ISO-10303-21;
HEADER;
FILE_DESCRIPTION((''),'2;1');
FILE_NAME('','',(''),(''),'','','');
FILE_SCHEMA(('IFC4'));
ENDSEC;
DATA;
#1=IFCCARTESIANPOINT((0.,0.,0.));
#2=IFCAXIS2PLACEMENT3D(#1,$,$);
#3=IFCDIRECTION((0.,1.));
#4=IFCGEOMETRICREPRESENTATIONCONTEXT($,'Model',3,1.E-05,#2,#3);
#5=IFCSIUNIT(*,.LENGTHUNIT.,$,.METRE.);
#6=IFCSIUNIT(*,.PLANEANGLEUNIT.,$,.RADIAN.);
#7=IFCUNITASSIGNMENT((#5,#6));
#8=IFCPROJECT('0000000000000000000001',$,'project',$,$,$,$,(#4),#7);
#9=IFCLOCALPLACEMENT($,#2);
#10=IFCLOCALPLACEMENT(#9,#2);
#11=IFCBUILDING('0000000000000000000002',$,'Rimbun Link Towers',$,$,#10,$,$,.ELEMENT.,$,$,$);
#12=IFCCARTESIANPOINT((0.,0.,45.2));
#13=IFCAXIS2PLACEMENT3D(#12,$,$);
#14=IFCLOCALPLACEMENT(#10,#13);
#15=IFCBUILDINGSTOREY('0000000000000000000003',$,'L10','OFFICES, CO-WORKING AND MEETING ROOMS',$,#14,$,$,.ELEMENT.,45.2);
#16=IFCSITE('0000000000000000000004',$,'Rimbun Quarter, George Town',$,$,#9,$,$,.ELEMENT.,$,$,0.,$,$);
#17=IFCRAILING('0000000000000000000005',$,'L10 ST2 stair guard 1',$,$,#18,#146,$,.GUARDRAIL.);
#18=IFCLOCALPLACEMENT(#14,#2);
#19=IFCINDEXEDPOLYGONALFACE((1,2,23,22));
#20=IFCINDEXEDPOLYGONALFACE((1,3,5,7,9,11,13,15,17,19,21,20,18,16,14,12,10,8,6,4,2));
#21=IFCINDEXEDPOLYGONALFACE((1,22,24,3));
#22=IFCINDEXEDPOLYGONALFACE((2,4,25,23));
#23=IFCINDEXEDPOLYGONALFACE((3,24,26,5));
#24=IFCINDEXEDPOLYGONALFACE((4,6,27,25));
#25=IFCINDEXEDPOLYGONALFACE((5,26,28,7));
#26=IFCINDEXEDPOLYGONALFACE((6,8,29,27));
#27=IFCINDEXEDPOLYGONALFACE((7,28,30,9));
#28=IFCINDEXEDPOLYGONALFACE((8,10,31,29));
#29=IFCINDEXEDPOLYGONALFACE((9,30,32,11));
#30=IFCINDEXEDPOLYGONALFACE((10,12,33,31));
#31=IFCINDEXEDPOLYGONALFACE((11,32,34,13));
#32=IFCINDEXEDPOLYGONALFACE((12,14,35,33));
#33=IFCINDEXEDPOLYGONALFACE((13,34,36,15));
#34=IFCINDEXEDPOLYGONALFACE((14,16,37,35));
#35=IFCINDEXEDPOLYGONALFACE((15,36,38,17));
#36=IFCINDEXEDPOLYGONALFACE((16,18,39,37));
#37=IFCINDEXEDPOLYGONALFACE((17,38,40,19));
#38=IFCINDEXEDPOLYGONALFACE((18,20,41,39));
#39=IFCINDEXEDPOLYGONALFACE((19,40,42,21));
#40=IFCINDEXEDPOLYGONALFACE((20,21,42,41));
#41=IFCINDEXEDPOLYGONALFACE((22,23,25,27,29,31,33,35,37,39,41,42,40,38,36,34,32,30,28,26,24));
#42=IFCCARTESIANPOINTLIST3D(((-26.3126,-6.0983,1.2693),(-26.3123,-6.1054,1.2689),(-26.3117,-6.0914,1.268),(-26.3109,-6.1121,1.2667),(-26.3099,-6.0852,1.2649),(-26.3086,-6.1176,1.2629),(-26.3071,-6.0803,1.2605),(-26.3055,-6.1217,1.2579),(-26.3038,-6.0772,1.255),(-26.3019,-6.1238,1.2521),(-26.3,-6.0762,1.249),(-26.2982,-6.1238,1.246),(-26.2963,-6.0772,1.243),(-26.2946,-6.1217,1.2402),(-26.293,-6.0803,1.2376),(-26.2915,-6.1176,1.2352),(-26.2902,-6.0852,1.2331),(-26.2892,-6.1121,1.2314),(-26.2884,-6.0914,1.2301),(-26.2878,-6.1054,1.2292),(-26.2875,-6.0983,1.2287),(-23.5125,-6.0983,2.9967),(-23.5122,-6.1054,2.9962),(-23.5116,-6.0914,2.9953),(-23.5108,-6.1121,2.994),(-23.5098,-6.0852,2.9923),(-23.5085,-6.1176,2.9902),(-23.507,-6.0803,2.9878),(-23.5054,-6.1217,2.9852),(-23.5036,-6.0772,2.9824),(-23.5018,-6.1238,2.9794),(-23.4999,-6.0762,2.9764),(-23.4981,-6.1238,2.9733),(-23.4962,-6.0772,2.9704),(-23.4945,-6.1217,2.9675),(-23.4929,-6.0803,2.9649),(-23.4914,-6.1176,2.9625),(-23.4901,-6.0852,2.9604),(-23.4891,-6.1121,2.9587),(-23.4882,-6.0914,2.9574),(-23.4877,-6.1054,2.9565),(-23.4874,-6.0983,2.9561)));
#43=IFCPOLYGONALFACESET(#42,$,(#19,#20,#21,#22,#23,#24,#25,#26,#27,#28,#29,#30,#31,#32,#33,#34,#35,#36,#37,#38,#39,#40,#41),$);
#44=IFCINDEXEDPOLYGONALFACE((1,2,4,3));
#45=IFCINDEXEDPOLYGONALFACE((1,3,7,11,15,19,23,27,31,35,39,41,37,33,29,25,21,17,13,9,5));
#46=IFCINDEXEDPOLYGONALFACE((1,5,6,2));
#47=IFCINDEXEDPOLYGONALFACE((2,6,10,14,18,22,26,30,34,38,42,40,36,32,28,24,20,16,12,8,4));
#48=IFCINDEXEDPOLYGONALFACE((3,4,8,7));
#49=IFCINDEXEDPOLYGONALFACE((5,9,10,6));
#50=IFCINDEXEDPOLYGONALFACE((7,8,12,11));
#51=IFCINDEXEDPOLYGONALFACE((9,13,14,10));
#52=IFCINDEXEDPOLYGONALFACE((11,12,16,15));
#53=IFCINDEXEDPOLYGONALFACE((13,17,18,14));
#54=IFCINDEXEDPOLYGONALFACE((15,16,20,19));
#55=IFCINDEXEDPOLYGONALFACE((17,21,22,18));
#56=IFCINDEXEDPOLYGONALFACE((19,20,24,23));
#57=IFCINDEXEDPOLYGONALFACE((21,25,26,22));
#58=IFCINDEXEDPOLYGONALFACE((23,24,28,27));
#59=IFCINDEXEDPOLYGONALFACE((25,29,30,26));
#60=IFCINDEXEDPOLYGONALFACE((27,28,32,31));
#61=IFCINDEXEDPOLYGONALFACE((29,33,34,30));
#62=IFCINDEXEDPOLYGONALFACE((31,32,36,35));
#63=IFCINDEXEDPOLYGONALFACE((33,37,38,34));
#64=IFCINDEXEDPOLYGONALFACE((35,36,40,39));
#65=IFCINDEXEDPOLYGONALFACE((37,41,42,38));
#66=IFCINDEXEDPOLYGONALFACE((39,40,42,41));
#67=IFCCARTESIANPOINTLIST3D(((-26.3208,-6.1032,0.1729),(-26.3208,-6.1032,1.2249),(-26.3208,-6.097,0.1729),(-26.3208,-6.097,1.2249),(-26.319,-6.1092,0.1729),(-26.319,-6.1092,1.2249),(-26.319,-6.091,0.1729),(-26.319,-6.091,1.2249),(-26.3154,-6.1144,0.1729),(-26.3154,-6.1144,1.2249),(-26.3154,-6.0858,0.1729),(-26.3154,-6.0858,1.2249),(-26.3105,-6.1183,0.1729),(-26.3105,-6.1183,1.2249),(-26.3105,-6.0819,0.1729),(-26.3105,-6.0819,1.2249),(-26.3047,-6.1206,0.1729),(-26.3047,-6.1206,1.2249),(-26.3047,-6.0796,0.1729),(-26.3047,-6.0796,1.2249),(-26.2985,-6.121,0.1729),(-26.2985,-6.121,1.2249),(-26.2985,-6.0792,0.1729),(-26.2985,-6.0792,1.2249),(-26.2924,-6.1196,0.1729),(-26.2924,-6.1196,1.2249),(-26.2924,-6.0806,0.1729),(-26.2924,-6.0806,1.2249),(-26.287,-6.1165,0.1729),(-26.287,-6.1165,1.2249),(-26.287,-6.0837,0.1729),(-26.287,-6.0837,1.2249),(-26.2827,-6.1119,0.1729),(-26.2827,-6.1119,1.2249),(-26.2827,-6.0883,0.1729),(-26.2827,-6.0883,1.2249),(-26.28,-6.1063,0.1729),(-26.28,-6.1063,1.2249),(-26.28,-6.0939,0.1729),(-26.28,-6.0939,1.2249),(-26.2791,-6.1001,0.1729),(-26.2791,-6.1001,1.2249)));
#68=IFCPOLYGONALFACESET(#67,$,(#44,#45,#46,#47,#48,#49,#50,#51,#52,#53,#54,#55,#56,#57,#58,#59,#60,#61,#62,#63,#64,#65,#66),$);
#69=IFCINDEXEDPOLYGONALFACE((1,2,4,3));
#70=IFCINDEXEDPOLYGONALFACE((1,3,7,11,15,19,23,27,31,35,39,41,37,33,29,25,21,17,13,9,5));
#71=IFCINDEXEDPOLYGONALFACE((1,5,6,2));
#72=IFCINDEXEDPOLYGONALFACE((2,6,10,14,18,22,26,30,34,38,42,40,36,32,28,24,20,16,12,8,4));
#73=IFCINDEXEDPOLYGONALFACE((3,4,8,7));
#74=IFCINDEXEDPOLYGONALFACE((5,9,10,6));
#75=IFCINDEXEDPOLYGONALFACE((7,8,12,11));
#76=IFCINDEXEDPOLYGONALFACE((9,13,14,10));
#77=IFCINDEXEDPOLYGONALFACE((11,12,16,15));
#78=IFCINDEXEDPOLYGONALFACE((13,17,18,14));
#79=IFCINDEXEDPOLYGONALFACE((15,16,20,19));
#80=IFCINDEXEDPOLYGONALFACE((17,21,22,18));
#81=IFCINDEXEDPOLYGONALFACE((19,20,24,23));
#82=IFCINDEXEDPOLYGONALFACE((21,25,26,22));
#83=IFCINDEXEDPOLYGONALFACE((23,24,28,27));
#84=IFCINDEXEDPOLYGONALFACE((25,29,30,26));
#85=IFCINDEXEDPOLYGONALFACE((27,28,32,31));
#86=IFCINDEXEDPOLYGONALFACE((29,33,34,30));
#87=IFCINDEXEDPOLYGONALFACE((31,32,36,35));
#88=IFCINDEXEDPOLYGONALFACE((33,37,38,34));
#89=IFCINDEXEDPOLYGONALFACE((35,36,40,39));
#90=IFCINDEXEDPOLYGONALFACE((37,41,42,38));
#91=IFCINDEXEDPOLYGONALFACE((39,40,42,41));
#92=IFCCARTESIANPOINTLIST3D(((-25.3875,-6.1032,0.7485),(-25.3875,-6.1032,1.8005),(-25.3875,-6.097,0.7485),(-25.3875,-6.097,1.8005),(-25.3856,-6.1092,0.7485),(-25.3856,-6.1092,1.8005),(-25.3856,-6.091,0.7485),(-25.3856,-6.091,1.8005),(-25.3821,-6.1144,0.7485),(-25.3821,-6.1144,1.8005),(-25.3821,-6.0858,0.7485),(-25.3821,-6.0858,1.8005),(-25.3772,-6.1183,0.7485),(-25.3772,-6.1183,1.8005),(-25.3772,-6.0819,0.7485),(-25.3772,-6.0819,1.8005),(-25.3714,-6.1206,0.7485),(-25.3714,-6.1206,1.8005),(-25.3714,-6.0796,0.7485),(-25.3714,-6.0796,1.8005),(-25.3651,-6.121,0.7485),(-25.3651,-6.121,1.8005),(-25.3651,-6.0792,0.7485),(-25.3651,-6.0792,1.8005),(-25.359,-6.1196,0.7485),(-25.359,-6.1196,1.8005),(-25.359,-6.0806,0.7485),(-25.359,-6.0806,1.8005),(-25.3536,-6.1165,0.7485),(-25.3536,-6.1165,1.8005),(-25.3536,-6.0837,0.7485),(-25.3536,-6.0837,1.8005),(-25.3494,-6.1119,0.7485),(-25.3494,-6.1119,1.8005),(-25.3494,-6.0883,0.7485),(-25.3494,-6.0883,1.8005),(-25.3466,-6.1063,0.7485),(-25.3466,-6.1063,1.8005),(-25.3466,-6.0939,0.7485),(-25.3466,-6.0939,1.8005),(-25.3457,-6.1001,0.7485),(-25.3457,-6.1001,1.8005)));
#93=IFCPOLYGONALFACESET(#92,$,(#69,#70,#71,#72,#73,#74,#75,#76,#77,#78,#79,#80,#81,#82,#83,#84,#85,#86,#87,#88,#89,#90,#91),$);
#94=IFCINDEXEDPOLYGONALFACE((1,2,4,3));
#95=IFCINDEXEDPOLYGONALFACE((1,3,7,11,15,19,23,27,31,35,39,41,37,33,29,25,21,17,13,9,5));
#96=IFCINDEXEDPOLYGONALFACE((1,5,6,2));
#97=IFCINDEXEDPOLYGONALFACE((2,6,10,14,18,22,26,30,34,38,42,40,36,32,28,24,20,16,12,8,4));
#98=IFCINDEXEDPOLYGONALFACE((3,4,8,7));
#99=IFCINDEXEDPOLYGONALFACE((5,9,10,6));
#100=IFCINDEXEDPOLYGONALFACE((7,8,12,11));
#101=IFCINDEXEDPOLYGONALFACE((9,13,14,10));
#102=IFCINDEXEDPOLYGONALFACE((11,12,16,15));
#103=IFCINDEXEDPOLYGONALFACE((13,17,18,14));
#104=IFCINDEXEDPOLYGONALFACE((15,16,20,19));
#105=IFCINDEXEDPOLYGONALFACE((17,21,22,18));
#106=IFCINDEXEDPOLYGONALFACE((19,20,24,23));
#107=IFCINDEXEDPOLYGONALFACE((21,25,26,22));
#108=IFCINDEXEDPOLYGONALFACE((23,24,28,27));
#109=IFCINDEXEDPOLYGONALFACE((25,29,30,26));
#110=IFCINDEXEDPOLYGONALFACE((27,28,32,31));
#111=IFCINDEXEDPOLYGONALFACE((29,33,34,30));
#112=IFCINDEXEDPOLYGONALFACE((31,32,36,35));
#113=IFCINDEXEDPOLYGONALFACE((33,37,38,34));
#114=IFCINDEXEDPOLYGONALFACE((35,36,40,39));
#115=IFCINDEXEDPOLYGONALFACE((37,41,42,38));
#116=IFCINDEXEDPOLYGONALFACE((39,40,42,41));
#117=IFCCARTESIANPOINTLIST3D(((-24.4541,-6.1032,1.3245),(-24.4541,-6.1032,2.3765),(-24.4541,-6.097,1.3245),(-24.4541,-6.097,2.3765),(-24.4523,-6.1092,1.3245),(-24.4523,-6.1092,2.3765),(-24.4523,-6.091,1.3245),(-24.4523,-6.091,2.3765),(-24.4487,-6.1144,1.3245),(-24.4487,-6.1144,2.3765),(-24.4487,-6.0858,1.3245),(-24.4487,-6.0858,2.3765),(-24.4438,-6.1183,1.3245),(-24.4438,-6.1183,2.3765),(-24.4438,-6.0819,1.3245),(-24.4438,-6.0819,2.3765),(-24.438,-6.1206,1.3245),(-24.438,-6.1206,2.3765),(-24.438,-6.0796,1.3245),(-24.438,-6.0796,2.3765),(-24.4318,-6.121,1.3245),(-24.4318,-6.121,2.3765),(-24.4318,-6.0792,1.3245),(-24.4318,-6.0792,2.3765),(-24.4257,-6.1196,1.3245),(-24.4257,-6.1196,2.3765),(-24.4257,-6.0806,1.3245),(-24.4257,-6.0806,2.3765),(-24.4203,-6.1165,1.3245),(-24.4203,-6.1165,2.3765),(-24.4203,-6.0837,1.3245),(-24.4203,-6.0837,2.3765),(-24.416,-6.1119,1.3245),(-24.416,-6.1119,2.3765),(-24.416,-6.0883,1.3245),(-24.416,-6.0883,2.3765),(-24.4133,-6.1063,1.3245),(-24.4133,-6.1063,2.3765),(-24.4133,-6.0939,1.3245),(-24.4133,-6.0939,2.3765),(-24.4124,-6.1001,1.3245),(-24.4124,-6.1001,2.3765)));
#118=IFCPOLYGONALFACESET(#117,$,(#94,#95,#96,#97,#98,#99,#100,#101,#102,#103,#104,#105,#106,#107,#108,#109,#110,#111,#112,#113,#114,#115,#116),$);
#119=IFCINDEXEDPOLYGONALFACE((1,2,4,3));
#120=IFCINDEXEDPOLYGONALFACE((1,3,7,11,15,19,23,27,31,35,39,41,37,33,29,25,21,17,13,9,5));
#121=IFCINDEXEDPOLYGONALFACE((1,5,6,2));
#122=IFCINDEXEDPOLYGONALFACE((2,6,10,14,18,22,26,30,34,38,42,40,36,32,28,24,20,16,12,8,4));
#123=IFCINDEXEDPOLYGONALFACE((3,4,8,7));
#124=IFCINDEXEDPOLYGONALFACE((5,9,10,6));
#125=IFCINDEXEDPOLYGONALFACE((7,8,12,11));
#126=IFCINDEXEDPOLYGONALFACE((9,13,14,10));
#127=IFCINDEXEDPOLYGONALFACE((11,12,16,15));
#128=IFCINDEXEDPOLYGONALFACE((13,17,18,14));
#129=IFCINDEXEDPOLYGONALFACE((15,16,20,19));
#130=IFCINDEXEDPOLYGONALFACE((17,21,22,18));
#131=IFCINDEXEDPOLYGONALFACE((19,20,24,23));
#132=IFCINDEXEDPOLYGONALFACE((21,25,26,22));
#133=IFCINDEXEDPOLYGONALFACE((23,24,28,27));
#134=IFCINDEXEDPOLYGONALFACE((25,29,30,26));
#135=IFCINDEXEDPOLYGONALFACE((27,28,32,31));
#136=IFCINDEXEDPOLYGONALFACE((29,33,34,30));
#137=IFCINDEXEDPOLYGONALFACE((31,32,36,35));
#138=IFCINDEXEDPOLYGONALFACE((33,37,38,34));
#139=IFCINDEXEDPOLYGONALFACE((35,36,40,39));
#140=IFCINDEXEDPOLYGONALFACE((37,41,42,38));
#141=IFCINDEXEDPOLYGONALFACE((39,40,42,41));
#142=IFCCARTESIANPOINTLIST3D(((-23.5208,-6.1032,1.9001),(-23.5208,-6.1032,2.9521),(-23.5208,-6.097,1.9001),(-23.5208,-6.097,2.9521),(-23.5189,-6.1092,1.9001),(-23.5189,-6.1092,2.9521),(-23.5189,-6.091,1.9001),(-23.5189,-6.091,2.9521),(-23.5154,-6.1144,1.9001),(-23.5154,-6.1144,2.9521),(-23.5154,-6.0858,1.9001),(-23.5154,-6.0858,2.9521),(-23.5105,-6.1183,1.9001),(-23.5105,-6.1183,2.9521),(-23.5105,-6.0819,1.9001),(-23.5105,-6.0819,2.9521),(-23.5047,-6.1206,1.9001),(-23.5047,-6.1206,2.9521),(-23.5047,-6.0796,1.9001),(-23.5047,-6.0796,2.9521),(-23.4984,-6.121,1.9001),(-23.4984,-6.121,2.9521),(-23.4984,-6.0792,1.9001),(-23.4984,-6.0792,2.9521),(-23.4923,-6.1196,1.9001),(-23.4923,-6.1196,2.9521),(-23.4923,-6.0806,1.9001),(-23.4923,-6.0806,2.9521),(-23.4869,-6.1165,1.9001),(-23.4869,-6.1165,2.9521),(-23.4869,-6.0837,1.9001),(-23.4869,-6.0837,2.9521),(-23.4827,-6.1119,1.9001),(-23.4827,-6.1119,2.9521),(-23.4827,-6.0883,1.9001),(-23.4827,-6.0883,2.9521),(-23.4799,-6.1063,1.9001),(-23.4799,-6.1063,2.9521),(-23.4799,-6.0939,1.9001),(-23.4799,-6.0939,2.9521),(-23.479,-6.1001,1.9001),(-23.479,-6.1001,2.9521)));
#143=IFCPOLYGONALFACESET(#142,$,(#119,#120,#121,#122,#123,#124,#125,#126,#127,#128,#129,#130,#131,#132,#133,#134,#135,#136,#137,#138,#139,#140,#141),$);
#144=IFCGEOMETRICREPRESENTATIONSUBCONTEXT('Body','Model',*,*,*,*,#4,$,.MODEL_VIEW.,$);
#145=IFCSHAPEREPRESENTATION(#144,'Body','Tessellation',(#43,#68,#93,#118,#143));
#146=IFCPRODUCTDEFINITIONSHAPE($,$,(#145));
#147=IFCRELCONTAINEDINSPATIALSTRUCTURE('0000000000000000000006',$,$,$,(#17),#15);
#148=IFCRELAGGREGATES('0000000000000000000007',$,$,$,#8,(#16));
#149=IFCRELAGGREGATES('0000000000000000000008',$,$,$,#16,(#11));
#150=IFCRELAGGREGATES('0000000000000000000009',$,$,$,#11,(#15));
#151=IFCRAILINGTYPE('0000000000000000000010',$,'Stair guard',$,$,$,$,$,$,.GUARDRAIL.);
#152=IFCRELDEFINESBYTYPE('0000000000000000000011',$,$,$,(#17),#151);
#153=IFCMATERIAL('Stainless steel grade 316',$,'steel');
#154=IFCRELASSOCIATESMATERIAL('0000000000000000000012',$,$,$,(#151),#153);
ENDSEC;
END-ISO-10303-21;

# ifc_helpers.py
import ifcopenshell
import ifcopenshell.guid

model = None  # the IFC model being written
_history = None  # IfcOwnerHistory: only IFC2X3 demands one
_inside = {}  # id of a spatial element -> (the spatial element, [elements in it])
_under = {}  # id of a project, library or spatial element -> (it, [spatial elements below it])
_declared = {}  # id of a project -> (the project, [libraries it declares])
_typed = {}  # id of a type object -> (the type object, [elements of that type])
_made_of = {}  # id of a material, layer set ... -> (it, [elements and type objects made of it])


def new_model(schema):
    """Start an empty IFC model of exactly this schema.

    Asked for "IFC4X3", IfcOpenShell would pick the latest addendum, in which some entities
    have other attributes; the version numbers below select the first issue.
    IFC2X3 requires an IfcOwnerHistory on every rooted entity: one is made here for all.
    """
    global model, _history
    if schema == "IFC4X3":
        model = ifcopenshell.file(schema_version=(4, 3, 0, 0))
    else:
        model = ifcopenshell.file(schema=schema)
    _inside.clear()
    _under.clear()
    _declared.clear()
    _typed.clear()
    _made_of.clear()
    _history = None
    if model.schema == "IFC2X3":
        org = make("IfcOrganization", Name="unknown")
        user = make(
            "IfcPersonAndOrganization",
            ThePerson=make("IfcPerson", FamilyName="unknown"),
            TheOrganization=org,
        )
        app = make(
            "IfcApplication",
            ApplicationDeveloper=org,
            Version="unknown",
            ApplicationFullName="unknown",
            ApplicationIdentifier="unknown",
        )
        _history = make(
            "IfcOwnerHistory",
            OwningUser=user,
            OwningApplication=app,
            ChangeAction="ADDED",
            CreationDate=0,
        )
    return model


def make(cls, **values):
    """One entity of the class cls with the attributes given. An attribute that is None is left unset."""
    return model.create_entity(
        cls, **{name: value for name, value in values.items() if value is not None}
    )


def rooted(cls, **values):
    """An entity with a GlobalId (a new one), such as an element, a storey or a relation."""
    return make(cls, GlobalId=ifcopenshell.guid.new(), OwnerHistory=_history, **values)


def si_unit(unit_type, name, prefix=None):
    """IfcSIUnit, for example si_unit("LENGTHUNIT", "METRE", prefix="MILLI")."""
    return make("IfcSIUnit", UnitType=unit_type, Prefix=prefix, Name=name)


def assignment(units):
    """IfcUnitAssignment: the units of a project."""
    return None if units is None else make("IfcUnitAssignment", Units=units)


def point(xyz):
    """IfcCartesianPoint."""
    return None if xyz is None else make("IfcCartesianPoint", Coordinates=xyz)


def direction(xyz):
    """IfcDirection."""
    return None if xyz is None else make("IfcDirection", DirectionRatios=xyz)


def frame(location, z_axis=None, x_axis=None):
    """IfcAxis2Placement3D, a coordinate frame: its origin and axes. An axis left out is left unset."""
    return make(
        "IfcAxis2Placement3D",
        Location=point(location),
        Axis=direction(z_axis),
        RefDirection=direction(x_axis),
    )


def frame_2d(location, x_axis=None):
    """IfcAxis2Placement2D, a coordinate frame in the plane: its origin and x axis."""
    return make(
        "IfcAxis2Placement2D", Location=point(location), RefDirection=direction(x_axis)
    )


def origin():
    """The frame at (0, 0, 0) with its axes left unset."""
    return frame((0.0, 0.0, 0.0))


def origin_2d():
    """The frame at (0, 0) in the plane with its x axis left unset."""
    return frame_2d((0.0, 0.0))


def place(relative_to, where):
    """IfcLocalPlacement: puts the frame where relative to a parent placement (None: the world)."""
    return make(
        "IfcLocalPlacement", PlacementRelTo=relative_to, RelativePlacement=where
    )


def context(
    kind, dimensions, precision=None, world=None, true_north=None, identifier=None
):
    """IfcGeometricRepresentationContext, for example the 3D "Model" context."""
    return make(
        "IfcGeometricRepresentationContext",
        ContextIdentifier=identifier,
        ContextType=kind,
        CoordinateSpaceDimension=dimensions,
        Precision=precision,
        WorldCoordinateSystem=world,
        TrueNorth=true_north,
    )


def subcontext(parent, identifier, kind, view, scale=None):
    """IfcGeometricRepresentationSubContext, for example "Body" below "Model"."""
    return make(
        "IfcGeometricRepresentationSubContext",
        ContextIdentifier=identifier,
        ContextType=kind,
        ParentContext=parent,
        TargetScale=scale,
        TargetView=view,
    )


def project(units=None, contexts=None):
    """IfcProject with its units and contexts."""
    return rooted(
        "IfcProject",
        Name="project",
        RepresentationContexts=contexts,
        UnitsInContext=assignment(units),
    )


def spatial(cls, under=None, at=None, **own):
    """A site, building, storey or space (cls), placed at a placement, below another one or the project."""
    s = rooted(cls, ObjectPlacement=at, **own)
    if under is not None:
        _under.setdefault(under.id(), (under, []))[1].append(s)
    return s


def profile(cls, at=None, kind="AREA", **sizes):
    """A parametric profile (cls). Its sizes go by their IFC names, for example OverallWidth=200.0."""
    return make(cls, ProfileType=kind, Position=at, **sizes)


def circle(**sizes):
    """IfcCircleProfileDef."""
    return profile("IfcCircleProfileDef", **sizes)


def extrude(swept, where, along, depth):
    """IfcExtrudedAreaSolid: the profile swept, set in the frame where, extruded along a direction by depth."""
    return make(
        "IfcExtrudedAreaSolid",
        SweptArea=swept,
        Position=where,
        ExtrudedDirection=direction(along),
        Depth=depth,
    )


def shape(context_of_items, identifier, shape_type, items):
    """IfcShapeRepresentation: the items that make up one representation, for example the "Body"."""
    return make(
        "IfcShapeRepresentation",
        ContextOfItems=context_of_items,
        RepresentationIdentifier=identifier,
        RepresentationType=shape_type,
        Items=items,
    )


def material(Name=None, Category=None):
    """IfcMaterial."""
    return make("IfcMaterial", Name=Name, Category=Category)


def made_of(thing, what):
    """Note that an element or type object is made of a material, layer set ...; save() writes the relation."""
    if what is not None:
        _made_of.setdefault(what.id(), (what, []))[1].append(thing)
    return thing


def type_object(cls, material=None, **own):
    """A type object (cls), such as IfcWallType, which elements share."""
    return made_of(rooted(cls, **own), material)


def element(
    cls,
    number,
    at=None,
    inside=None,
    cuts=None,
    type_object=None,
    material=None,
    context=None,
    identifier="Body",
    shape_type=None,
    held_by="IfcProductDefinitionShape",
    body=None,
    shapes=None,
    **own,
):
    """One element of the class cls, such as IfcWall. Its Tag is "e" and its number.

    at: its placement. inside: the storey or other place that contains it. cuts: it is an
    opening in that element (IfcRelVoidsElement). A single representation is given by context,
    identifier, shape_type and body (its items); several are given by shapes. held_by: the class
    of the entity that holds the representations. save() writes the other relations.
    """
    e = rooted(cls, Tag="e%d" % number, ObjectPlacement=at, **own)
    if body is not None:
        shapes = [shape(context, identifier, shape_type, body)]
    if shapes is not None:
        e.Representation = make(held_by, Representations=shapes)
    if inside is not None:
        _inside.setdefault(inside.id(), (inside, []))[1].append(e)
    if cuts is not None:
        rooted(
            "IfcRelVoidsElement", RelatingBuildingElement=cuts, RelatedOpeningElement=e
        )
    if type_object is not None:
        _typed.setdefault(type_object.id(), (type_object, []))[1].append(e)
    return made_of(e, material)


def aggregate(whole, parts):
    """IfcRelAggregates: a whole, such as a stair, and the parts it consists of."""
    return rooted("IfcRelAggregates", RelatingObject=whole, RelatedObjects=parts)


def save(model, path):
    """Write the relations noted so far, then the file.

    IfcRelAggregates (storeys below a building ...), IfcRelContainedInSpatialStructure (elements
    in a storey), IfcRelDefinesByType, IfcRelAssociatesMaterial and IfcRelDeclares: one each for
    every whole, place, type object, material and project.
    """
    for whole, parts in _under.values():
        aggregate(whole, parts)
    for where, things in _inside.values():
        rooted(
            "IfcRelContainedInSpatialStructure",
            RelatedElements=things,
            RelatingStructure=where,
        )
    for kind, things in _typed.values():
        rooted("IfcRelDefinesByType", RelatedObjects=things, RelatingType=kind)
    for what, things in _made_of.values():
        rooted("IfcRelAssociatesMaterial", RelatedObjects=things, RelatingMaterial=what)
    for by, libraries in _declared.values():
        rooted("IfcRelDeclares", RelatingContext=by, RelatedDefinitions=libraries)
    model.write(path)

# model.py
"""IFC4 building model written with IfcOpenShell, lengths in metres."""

from ifc_helpers import new_model, si_unit, direction, frame, origin, origin_2d, place, context, subcontext, project, spatial, circle, extrude, material, type_object, element, save


model = new_model("IFC4")

# Units and contexts
model_context = context("Model", 3, precision=1e-05, world=origin(), true_north=direction((0.0, 1.0)))
body_context = subcontext(model_context, "Body", "Model", "MODEL_VIEW")
ifc_project = project(units=[si_unit("LENGTHUNIT", "METRE"), si_unit("PLANEANGLEUNIT", "RADIAN")], contexts=[model_context])

# Site, building, storey
site_placement = place(None, origin())
site = spatial("IfcSite", under=ifc_project, at=site_placement, Name="Rimbun Quarter, George Town", CompositionType="ELEMENT", RefElevation=0.0)
building_placement = place(site_placement, origin())
building = spatial("IfcBuilding", under=site, at=building_placement, Name="Rimbun Link Towers", CompositionType="ELEMENT")
storey_placement = place(building_placement, frame((0.0, 0.0, 45.2)))
storey = spatial("IfcBuildingStorey", under=building, at=storey_placement, Name="L10", Description="OFFICES, CO-WORKING AND MEETING ROOMS", CompositionType="ELEMENT", Elevation=45.2)

# Railing
ifc_material_1 = material(Name="Stainless steel grade 316", Category="steel")
railing_type_1 = type_object("IfcRailingType", Name="Stair guard", PredefinedType="GUARDRAIL", material=ifc_material_1)
railing_1_placement = place(storey_placement, frame((-26.3, -6.1001, 0.1729)))
element("IfcRailing", 1, at=railing_1_placement, inside=storey, type_object=railing_type_1, Name="L10 ST2 stair guard 1", PredefinedType="GUARDRAIL", context=body_context, shape_type="SweptSolid", body=[
    extrude(circle(Radius=0.0239, at=origin_2d()), frame((0.0, 0.0, 1.0762), z_axis=(0.85109, 0.0, 0.52502), x_axis=(0.0, 1.0, 0.0)), (0.0, 0.0, 1.0), 3.29),
    extrude(circle(Radius=0.021, at=origin_2d()), origin(), (0.0, 0.0, 1.0), 1.052),
    extrude(circle(Radius=0.021, at=origin_2d()), frame((0.9333, 0.0, 0.5757)), (0.0, 0.0, 1.0), 1.052),
    extrude(circle(Radius=0.021, at=origin_2d()), frame((1.8667, 0.0, 1.1516)), (0.0, 0.0, 1.0), 1.052),
    extrude(circle(Radius=0.021, at=origin_2d()), frame((2.8, 0.0, 1.7273)), (0.0, 0.0, 1.0), 1.052),
])

save(model, "model.ifc")
